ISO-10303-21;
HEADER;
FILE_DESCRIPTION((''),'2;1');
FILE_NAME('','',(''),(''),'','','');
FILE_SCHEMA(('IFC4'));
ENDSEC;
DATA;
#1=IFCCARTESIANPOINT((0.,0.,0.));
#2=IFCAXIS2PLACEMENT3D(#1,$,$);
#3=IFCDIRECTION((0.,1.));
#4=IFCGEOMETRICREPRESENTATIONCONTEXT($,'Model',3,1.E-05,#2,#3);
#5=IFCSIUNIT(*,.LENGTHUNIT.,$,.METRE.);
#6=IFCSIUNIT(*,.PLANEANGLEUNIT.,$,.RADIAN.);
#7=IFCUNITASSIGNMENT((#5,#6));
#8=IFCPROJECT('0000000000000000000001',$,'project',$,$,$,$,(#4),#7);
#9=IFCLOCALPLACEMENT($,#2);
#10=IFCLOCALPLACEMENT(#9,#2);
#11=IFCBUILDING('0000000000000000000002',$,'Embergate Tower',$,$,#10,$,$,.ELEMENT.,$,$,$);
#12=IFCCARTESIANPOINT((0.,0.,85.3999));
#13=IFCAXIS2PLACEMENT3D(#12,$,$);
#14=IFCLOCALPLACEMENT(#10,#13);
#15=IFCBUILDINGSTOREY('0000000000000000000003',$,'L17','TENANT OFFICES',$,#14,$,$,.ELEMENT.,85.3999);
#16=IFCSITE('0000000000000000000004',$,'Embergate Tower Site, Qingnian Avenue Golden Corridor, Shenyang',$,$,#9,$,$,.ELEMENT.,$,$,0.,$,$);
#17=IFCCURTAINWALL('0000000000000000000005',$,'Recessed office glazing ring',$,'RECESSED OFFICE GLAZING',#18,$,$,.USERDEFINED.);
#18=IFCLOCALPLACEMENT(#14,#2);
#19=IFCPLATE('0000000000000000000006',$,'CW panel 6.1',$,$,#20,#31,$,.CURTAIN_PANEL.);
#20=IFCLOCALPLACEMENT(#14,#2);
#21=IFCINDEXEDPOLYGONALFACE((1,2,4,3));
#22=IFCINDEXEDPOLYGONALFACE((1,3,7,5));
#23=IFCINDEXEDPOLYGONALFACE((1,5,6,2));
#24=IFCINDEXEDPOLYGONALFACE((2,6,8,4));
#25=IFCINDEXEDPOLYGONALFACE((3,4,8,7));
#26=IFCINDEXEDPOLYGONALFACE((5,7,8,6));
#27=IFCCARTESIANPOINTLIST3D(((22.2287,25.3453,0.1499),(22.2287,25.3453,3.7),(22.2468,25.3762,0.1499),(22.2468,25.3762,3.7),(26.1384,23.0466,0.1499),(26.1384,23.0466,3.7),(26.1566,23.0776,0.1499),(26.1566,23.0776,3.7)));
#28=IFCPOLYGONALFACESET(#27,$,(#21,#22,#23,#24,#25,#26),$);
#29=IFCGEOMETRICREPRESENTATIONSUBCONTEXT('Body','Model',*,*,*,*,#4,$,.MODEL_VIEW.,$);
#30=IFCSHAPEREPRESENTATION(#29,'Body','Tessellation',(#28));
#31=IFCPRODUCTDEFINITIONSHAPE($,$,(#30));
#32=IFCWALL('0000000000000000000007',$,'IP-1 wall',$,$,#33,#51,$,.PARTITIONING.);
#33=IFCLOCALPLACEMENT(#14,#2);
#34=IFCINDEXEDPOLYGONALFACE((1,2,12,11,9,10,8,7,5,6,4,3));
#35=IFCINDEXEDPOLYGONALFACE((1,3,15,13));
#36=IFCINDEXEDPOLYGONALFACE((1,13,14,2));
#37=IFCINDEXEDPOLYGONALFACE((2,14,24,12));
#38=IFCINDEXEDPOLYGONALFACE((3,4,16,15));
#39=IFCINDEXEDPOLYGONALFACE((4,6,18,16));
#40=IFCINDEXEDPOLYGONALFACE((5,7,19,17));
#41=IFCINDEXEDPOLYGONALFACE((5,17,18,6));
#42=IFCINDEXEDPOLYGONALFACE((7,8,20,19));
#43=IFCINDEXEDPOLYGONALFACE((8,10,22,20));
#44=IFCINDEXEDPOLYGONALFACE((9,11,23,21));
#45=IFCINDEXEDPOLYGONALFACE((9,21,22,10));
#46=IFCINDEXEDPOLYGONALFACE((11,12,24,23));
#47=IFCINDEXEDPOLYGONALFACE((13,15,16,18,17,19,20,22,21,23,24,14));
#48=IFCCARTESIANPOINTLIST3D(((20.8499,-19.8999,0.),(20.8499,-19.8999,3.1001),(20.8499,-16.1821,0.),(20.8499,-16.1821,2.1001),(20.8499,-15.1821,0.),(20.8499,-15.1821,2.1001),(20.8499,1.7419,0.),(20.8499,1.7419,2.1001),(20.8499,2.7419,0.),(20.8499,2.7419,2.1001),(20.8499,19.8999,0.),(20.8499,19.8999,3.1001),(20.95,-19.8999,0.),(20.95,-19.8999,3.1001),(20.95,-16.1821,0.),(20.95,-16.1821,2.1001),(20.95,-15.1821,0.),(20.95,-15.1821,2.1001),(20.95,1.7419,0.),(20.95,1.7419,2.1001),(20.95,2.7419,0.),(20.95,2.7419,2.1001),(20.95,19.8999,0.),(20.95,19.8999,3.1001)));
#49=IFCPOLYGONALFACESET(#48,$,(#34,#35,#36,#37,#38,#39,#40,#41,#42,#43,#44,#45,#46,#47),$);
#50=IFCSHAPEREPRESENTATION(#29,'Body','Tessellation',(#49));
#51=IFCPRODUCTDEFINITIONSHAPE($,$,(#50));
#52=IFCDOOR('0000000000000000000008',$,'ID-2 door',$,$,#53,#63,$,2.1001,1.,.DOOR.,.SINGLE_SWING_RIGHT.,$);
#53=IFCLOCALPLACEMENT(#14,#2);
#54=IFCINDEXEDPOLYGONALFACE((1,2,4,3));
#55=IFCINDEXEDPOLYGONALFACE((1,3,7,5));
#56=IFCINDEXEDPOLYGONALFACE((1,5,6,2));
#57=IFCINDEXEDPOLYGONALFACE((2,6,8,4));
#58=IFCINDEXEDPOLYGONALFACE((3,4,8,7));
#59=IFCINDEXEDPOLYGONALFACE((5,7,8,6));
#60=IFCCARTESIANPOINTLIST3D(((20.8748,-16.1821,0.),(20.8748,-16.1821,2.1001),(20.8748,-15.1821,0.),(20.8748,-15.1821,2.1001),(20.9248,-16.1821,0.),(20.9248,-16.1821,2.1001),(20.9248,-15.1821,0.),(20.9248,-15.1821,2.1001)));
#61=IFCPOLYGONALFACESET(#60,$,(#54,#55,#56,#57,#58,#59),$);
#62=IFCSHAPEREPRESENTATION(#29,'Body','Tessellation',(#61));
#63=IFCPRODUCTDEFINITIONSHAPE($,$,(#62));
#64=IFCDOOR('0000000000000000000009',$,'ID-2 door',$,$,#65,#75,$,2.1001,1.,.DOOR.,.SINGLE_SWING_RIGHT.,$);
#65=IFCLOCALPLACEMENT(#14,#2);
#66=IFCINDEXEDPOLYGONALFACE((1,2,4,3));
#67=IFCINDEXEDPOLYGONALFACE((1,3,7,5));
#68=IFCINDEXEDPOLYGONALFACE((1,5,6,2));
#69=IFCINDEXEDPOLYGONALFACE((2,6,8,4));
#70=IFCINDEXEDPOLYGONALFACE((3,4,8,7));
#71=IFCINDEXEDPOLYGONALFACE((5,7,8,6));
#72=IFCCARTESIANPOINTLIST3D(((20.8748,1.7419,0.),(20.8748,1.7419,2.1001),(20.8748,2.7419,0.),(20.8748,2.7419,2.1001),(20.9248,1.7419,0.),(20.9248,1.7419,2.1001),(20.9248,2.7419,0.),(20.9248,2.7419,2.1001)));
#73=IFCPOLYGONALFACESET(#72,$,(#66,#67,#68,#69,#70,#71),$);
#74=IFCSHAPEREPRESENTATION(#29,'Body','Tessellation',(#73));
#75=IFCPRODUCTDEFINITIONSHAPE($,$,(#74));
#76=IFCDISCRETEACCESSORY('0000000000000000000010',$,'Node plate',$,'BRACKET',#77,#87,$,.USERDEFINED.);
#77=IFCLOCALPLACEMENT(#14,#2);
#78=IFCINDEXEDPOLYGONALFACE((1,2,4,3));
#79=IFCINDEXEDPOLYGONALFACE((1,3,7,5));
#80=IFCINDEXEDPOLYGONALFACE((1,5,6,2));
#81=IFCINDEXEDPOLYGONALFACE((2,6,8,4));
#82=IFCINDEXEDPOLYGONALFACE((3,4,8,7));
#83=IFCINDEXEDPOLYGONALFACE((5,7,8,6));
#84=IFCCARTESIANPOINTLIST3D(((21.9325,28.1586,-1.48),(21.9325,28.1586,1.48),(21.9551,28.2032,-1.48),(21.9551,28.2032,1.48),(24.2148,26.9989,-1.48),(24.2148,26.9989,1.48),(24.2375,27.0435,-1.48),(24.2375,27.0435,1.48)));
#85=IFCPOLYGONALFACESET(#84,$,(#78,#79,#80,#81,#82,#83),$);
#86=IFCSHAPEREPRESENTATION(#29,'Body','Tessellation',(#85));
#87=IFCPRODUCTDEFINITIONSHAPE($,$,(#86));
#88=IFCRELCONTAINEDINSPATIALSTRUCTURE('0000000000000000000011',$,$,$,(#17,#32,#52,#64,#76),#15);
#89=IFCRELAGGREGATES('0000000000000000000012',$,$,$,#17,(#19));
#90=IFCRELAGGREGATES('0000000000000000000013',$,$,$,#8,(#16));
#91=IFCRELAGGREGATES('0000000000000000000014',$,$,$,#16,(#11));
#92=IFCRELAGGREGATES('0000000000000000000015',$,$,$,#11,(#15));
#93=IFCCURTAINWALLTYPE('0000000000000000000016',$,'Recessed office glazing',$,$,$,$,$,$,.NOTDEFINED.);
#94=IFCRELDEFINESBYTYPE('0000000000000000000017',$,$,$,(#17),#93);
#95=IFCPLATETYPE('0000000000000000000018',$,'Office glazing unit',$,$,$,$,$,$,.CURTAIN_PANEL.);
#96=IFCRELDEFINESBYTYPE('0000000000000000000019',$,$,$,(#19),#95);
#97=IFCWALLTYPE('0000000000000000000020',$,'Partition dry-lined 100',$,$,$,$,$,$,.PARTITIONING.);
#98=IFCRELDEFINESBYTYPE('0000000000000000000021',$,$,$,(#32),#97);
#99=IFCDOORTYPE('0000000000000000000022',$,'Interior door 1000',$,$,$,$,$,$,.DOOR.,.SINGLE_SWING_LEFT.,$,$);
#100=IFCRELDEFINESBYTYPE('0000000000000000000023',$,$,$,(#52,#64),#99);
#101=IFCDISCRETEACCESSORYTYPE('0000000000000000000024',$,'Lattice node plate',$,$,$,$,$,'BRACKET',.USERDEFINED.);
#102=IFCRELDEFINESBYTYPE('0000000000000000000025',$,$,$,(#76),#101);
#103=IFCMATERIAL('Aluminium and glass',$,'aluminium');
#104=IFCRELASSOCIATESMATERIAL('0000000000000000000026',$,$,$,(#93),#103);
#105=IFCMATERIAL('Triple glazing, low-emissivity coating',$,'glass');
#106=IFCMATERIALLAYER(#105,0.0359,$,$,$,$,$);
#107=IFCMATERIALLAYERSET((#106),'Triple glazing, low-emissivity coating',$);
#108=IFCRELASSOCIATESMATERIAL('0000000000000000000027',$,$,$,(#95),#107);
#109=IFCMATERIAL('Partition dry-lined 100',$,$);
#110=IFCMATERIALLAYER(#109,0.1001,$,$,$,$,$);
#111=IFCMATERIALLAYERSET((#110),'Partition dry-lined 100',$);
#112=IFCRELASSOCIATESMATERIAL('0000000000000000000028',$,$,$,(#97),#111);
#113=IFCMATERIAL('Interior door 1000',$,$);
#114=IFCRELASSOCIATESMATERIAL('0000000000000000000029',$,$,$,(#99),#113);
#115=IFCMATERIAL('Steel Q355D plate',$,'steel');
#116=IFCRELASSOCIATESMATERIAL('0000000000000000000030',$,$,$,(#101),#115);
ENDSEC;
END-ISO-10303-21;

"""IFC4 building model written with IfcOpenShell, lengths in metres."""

from ifc_helpers import new_model, si_unit, direction, frame, frame_2d, origin, origin_2d, place, context, subcontext, project, spatial, rectangle, extrude, source, transform, mapped, material, layer, layer_set, type_object, element, fill, aggregate, save


model = new_model("IFC4")

# Units and contexts
model_context = context("Model", 3, precision=1e-05, world=origin(), true_north=direction((0.0, 1.0)))
body_context = subcontext(model_context, "Body", "Model", "MODEL_VIEW")
ifc_project = project(units=[si_unit("LENGTHUNIT", "METRE"), si_unit("PLANEANGLEUNIT", "RADIAN")], contexts=[model_context])

# Site, building, storey
site_placement = place(None, origin())
site = spatial("IfcSite", under=ifc_project, at=site_placement, Name="Embergate Tower Site, Qingnian Avenue Golden Corridor, Shenyang", CompositionType="ELEMENT", RefElevation=0.0)
building_placement = place(site_placement, origin())
building = spatial("IfcBuilding", under=site, at=building_placement, Name="Embergate Tower", CompositionType="ELEMENT")
storey_placement = place(building_placement, frame((0.0, 0.0, 85.3999)))
storey = spatial("IfcBuildingStorey", under=building, at=storey_placement, Name="L17", Description="TENANT OFFICES", CompositionType="ELEMENT", Elevation=85.3999)

# Curtain wall, plate
ifc_material_1 = material(Name="Aluminium and glass", Category="aluminium")
curtain_wall_type = type_object("IfcCurtainWallType", Name="Recessed office glazing", PredefinedType="NOTDEFINED", material=ifc_material_1)
curtain_wall_placement = place(storey_placement, origin())
curtain_wall = element("IfcCurtainWall", 1, at=curtain_wall_placement, inside=storey, type_object=curtain_wall_type, Name="Recessed office glazing ring", ObjectType="RECESSED OFFICE GLAZING", PredefinedType="USERDEFINED")
ifc_material_2 = material(Name="Triple glazing, low-emissivity coating", Category="glass")
ifc_layer_1 = layer(ifc_material_2, 0.0359)
ifc_layer_set_1 = layer_set([ifc_layer_1], Name="Triple glazing, low-emissivity coating")
plate_type = type_object("IfcPlateType", Name="Office glazing unit", PredefinedType="CURTAIN_PANEL", material=ifc_layer_set_1)
shared_shape_1 = source(origin(), body_context, "Body", "SweptSolid", [
    extrude(rectangle(XDim=4.5354, YDim=0.0359, at=origin_2d()), origin(), (0.0, 0.0, 1.0), 3.55),
])
plate_1_placement = place(storey_placement, frame((24.1926, 24.2114, 0.1499), z_axis=(0.0, 0.0, 1.0), x_axis=(-0.862053, 0.506818, 0.0)))
plate_1 = element("IfcPlate", 2, at=plate_1_placement, type_object=plate_type, Name="CW panel 6.1", PredefinedType="CURTAIN_PANEL", context=body_context, shape_type="MappedRepresentation", body=[
    mapped(shared_shape_1, transform((0.0, 0.0, 0.0))),
])
aggregate(curtain_wall, [plate_1])

# Wall, openings, doors
ifc_material_3 = material(Name="Partition dry-lined 100")
ifc_layer_2 = layer(ifc_material_3, 0.1001)
ifc_layer_set_2 = layer_set([ifc_layer_2], Name="Partition dry-lined 100")
wall_type = type_object("IfcWallType", Name="Partition dry-lined 100", PredefinedType="PARTITIONING", material=ifc_layer_set_2)
shared_shape_2 = source(origin(), body_context, "Body", "SweptSolid", [
    extrude(rectangle(XDim=39.7998, YDim=0.1001, at=frame_2d((19.8999, 0.0))), origin(), (0.0, 0.0, 1.0), 3.1001),
])
wall_placement = place(storey_placement, frame((20.8999, 19.8999, 0.0), z_axis=(0.0, 0.0, 1.0), x_axis=(0.0, -1.0, 0.0)))
wall = element("IfcWall", 3, at=wall_placement, inside=storey, type_object=wall_type, Name="IP-1 wall", PredefinedType="PARTITIONING", context=body_context, shape_type="MappedRepresentation", body=[
    mapped(shared_shape_2, transform((0.0, 0.0, 0.0))),
])
shared_shape_3 = source(origin(), body_context, "Body", "SweptSolid", [
    extrude(rectangle(XDim=1.0, YDim=2.1001, at=frame_2d((0.5, 1.05))), frame((0.0, 0.0601, 0.0), z_axis=(0.0, -1.0, 0.0), x_axis=(1.0, 0.0, 0.0)), (0.0, 0.0, 1.0), 0.1201),
])
opening_1_placement = place(wall_placement, frame((35.082, 0.0, 0.0)))
opening_1 = element("IfcOpeningElement", 4, at=opening_1_placement, cuts=wall, PredefinedType="OPENING", context=body_context, shape_type="MappedRepresentation", body=[
    mapped(shared_shape_3, transform((0.0, 0.0, 0.0))),
])
opening_2_placement = place(wall_placement, frame((17.158, 0.0, 0.0)))
opening_2 = element("IfcOpeningElement", 5, at=opening_2_placement, cuts=wall, PredefinedType="OPENING", context=body_context, shape_type="MappedRepresentation", body=[
    mapped(shared_shape_3, transform((0.0, 0.0, 0.0))),
])
ifc_material_4 = material(Name="Interior door 1000")
door_type = type_object("IfcDoorType", Name="Interior door 1000", OperationType="SINGLE_SWING_LEFT", PredefinedType="DOOR", material=ifc_material_4)
shared_shape_4 = source(origin(), body_context, "Body", "SweptSolid", [
    extrude(rectangle(XDim=1.0, YDim=2.1001, at=frame_2d((0.5, 1.05))), frame((0.0, 0.0249, 0.0), z_axis=(0.0, -1.0, 0.0), x_axis=(1.0, 0.0, 0.0)), (0.0, 0.0, 1.0), 0.05),
])
door_1_placement = place(opening_1_placement, origin())
door_1 = element("IfcDoor", 6, at=door_1_placement, inside=storey, type_object=door_type, Name="ID-2 door", OperationType="SINGLE_SWING_RIGHT", OverallHeight=2.1001, OverallWidth=1.0, PredefinedType="DOOR", context=body_context, shape_type="MappedRepresentation", body=[
    mapped(shared_shape_4, transform((0.0, 0.0, 0.0))),
])
fill(opening_1, door_1)
door_2_placement = place(opening_2_placement, origin())
door_2 = element("IfcDoor", 7, at=door_2_placement, inside=storey, type_object=door_type, Name="ID-2 door", OperationType="SINGLE_SWING_RIGHT", OverallHeight=2.1001, OverallWidth=1.0, PredefinedType="DOOR", context=body_context, shape_type="MappedRepresentation", body=[
    mapped(shared_shape_4, transform((0.0, 0.0, 0.0))),
])
fill(opening_2, door_2)

# Discrete accessory
ifc_material_5 = material(Name="Steel Q355D plate", Category="steel")
discrete_accessory_type = type_object("IfcDiscreteAccessoryType", Name="Lattice node plate", ElementType="BRACKET", PredefinedType="USERDEFINED", material=ifc_material_5)
shared_shape_5 = source(origin(), body_context, "Body", "SweptSolid", [
    extrude(rectangle(XDim=2.5601, YDim=0.05, at=origin_2d()), origin(), (0.0, 0.0, 1.0), 2.96),
])
discrete_accessory_placement = place(storey_placement, frame((23.085, 27.6011, -1.48), z_axis=(0.0, 0.0, 1.0), x_axis=(-0.891513, 0.452995, 0.0)))
element("IfcDiscreteAccessory", 8, at=discrete_accessory_placement, inside=storey, type_object=discrete_accessory_type, Name="Node plate", ObjectType="BRACKET", PredefinedType="USERDEFINED", context=body_context, shape_type="MappedRepresentation", body=[
    mapped(shared_shape_5, transform((0.0, 0.0, 0.0))),
])

save(model, "model.ifc")
